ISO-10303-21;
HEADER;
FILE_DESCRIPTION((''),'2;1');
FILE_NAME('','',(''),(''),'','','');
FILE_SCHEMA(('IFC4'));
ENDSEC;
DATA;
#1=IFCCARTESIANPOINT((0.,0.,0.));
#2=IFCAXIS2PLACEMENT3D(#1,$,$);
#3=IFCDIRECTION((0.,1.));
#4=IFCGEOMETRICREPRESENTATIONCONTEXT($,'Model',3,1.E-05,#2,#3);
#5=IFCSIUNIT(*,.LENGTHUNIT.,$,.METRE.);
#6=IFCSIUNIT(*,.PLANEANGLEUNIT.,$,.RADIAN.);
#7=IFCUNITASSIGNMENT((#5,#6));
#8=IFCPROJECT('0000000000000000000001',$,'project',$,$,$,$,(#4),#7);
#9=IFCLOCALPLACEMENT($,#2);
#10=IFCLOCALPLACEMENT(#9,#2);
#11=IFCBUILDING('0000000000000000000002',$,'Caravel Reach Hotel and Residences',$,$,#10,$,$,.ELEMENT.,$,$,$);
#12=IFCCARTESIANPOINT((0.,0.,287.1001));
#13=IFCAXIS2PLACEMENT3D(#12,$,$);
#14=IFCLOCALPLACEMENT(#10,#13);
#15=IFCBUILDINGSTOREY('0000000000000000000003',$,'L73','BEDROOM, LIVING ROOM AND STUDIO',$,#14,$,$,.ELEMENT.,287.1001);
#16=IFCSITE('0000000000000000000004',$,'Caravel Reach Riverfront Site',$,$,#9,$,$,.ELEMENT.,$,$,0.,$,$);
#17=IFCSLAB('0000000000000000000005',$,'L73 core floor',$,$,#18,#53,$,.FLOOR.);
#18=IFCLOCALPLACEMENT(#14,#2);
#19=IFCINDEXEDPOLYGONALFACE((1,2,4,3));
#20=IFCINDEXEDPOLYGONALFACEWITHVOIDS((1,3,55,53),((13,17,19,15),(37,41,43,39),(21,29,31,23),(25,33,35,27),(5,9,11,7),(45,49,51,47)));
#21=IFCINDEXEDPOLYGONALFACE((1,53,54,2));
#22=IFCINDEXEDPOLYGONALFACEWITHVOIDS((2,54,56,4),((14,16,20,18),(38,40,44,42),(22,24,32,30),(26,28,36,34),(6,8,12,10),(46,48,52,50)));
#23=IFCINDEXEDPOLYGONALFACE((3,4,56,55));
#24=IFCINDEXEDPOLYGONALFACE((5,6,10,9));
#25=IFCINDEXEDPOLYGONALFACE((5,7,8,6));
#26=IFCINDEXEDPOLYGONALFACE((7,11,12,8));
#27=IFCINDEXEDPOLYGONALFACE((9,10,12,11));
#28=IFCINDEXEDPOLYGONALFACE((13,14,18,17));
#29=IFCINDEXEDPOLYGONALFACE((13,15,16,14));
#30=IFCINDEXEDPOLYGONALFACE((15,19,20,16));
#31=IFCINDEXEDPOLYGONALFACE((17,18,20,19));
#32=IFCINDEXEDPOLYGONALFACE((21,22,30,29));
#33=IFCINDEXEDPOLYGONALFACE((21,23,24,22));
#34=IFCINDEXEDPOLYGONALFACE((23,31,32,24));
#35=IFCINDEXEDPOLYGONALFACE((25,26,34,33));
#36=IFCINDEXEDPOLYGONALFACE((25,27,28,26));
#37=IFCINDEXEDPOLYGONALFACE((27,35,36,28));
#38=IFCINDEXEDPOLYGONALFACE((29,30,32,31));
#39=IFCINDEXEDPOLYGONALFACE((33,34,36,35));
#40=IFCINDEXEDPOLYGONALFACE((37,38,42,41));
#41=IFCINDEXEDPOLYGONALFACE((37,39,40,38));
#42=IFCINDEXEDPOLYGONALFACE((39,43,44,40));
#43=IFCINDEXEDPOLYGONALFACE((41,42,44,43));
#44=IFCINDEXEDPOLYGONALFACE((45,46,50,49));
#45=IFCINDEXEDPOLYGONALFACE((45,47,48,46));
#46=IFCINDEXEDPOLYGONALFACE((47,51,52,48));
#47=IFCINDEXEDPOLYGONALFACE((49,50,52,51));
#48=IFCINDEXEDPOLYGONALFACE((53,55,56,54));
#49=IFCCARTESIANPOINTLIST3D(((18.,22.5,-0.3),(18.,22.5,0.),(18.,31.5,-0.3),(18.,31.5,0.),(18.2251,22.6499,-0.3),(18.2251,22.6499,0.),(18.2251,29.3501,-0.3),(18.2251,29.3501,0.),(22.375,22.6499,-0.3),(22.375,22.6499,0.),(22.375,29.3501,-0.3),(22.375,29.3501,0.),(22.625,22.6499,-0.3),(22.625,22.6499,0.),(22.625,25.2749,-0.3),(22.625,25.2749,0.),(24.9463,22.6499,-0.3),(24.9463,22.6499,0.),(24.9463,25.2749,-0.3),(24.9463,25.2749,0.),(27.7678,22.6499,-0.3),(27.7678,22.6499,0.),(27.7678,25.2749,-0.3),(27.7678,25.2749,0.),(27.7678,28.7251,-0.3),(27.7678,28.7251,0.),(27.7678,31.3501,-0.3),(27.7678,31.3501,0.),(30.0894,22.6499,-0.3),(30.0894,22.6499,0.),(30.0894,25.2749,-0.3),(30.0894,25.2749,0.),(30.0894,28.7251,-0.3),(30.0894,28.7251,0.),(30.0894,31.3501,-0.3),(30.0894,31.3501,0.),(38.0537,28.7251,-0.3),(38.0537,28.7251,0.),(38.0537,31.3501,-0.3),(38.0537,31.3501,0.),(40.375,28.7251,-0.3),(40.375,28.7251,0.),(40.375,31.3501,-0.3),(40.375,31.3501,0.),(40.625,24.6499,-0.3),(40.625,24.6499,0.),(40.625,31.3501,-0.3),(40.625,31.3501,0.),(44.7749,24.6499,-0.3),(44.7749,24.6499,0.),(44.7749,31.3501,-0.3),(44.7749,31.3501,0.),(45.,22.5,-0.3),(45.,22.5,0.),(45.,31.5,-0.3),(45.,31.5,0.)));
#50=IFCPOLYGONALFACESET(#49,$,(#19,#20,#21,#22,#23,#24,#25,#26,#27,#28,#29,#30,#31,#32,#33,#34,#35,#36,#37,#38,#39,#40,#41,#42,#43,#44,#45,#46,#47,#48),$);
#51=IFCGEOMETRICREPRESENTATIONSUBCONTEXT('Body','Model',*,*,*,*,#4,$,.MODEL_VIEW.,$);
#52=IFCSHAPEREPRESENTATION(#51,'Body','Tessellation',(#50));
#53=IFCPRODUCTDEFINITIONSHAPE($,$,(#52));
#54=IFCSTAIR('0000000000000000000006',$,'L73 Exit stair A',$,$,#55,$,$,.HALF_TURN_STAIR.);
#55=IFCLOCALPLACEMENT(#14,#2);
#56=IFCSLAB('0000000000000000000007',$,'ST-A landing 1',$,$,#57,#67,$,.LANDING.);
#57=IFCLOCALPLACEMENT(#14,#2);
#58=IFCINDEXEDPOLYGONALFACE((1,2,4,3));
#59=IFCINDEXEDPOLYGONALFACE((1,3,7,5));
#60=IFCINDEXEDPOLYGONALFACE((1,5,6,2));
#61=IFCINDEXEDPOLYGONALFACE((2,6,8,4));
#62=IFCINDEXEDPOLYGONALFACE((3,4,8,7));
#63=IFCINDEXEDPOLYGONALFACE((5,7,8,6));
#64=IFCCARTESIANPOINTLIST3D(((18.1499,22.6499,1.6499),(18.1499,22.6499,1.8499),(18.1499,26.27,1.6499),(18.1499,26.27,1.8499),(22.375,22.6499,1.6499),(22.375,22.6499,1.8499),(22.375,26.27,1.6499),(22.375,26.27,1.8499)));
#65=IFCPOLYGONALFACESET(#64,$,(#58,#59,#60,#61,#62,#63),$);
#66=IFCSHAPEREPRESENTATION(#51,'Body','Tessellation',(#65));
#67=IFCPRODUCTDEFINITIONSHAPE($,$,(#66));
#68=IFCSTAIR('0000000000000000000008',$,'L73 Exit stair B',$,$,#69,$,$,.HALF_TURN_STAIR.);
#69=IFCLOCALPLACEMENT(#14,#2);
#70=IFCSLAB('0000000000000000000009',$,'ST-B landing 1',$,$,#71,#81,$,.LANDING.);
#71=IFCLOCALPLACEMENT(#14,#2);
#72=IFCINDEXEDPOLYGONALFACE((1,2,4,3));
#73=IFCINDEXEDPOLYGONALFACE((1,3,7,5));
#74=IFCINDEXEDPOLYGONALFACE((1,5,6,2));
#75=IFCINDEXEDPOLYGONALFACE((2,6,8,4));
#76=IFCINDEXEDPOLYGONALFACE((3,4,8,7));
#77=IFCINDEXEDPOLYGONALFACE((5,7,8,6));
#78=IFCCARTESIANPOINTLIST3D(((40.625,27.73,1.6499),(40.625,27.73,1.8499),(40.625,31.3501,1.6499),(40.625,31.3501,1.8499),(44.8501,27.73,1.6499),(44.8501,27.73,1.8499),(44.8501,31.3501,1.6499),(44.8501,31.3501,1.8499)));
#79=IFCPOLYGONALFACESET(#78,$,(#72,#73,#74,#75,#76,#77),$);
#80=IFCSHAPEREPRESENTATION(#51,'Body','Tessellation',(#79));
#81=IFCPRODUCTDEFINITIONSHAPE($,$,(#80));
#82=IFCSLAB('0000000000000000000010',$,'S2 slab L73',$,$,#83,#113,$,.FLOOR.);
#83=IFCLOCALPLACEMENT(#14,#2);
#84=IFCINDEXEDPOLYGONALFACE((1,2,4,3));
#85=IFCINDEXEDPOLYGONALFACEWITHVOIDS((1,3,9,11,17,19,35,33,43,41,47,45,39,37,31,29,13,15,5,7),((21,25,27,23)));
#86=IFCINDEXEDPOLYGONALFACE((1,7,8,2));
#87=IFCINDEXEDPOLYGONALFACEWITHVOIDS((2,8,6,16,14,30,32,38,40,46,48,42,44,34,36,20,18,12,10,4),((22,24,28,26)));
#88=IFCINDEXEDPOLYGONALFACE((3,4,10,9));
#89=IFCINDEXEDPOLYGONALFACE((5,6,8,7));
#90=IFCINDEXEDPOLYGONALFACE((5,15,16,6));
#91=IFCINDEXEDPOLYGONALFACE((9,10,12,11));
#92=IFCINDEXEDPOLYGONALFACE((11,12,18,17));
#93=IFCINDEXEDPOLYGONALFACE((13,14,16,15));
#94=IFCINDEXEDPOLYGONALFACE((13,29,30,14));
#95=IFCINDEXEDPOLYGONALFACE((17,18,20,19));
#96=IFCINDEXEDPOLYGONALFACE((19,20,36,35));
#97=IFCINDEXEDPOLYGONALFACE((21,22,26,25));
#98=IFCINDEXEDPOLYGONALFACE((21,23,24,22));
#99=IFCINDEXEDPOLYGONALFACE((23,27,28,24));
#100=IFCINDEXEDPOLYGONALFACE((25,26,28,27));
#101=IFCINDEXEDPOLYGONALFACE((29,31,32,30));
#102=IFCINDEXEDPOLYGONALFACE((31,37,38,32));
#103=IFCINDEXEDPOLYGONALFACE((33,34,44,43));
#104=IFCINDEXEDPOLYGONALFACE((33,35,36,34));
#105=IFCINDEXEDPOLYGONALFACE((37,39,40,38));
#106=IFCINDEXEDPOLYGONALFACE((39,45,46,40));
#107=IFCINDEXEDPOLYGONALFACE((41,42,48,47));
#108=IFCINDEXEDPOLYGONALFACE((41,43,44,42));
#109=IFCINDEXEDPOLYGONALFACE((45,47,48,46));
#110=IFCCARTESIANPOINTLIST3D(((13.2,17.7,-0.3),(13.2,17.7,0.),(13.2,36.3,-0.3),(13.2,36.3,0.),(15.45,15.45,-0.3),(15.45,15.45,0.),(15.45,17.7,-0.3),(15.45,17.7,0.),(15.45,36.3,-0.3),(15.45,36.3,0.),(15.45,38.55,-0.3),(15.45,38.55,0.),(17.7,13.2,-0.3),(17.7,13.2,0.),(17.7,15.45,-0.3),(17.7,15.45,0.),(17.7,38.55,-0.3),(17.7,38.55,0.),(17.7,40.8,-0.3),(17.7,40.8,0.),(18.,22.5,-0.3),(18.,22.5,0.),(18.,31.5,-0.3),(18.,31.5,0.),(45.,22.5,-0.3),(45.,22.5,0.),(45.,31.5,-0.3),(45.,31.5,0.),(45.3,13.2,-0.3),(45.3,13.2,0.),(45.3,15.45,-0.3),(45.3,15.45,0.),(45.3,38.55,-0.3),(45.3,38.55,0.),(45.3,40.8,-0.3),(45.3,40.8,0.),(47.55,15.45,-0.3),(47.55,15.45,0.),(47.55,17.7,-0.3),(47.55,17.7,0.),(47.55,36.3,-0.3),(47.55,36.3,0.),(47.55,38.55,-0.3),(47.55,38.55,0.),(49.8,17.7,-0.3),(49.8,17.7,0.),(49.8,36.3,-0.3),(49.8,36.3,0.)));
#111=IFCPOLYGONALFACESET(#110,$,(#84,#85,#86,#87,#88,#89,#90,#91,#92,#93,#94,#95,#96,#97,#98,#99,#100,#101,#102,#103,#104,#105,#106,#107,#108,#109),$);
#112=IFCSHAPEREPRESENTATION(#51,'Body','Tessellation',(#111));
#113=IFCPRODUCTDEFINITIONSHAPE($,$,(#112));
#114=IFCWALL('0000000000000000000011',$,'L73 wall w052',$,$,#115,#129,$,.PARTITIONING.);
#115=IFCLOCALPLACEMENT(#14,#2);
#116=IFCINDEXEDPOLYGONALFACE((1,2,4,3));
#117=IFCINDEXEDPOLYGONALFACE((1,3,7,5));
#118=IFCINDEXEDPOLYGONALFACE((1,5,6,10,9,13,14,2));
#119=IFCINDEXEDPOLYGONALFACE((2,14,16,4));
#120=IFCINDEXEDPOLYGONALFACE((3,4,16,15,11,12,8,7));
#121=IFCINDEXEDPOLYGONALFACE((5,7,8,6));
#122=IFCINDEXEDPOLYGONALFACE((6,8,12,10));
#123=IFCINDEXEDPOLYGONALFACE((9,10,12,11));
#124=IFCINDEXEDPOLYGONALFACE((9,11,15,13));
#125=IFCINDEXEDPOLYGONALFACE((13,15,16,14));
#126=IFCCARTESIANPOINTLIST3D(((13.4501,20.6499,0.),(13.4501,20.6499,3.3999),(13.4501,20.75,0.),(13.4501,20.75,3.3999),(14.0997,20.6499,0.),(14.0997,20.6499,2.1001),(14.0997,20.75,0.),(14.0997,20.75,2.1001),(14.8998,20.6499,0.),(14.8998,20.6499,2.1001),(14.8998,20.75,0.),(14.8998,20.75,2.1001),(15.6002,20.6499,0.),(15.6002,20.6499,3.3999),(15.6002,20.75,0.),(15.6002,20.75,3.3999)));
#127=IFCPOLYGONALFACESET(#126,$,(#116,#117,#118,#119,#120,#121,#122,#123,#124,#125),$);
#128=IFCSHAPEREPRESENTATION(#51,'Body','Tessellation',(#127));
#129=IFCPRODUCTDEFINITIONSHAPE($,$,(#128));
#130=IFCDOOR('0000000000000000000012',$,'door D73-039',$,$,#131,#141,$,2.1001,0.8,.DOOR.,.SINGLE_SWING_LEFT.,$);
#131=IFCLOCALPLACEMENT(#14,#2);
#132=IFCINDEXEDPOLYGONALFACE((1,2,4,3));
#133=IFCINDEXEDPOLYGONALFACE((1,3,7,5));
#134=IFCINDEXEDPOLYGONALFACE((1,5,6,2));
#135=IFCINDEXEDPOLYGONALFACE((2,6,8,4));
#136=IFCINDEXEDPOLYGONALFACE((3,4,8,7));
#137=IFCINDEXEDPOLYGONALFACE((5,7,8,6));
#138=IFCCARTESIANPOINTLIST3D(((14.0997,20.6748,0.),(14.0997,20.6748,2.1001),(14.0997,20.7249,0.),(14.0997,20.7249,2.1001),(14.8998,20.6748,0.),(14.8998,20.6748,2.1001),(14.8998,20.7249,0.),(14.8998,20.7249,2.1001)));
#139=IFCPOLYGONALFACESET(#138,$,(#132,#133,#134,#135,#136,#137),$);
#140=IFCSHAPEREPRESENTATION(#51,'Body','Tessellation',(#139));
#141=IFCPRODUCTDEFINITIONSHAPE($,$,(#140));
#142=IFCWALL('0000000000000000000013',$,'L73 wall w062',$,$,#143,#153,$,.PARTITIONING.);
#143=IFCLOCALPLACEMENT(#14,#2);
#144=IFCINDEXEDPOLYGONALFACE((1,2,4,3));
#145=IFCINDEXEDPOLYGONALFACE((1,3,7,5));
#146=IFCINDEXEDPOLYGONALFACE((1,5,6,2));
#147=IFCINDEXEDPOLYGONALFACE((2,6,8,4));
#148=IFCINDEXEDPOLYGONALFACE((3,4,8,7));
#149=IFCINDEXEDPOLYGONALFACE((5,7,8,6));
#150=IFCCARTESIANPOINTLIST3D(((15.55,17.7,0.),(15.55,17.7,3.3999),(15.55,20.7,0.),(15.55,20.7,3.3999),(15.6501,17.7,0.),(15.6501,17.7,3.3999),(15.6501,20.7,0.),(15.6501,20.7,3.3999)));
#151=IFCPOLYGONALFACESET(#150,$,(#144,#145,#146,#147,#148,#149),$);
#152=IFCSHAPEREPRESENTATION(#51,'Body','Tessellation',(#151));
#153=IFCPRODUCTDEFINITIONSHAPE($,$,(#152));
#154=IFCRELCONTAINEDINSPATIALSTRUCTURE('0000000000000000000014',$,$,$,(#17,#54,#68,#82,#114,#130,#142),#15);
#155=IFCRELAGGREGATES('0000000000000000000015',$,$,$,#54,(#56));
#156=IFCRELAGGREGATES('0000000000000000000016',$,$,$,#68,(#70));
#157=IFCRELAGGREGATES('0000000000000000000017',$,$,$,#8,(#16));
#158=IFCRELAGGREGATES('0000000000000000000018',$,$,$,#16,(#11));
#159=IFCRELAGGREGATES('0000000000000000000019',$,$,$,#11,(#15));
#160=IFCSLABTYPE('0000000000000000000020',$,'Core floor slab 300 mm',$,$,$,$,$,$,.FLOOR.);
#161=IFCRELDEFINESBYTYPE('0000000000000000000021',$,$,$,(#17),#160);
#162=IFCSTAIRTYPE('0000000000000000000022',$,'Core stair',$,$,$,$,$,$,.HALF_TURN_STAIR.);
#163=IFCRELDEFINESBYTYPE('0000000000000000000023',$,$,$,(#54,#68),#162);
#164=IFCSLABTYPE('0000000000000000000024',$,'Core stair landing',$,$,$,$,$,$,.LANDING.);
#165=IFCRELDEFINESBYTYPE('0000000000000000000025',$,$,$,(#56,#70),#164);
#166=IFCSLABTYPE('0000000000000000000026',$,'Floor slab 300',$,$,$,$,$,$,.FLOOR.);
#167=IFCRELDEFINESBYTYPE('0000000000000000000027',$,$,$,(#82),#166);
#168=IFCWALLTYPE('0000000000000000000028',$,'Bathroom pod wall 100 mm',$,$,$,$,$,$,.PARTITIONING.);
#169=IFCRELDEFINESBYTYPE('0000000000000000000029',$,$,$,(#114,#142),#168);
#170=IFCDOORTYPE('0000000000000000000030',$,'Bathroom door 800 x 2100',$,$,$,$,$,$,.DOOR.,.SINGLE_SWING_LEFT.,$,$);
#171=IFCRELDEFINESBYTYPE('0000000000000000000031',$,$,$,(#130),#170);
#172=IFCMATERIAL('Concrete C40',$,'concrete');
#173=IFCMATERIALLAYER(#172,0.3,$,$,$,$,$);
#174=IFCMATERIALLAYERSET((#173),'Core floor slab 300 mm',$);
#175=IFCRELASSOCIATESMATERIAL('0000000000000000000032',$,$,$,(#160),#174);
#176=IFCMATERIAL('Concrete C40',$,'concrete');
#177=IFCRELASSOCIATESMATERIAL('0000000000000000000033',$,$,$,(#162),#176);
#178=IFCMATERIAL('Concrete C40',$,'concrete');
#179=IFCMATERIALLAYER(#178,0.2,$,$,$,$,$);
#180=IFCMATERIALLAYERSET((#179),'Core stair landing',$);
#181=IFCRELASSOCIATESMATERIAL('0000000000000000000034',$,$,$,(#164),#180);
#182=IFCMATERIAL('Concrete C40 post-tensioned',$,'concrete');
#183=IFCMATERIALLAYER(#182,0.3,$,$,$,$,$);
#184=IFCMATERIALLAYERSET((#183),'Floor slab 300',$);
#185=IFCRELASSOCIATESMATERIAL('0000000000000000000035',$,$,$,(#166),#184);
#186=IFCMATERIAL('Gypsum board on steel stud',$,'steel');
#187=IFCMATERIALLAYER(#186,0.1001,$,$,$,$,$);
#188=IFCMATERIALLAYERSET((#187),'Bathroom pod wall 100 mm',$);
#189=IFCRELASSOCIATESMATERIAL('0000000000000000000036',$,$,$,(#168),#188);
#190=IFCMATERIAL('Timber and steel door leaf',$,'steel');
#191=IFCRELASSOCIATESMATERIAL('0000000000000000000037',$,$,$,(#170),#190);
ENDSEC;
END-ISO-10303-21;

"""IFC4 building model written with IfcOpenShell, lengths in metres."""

from ifc_helpers import new_model, si_unit, direction, frame, frame_2d, origin, place, context, subcontext, project, spatial, polyline, rectangle, outline, extrude, material, layer, layer_set, type_object, element, fill, aggregate, save


model = new_model("IFC4")

# Units and contexts
model_context = context("Model", 3, precision=1e-05, world=origin(), true_north=direction((0.0, 1.0)))
body_context = subcontext(model_context, "Body", "Model", "MODEL_VIEW")
ifc_project = project(units=[si_unit("LENGTHUNIT", "METRE"), si_unit("PLANEANGLEUNIT", "RADIAN")], contexts=[model_context])

# Site, building, storey
site_placement = place(None, origin())
site = spatial("IfcSite", under=ifc_project, at=site_placement, Name="Caravel Reach Riverfront Site", CompositionType="ELEMENT", RefElevation=0.0)
building_placement = place(site_placement, origin())
building = spatial("IfcBuilding", under=site, at=building_placement, Name="Caravel Reach Hotel and Residences", CompositionType="ELEMENT")
storey_placement = place(building_placement, frame((0.0, 0.0, 287.1001)))
storey = spatial("IfcBuildingStorey", under=building, at=storey_placement, Name="L73", Description="BEDROOM, LIVING ROOM AND STUDIO", CompositionType="ELEMENT", Elevation=287.1001)

# Slab
ifc_material_1 = material(Name="Concrete C40", Category="concrete")
ifc_layer_1 = layer(ifc_material_1, 0.3)
ifc_layer_set_1 = layer_set([ifc_layer_1], Name="Core floor slab 300 mm")
slab_type_1 = type_object("IfcSlabType", Name="Core floor slab 300 mm", PredefinedType="FLOOR", material=ifc_layer_set_1)
slab_1_placement = place(storey_placement, frame((0.0, 0.0, -0.3)))
element("IfcSlab", 1, at=slab_1_placement, inside=storey, type_object=slab_type_1, Name="L73 core floor", PredefinedType="FLOOR", context=body_context, shape_type="SweptSolid", body=[
    extrude(outline(polyline([(18.0, 31.5), (45.0, 31.5), (45.0, 22.5), (18.0, 22.5), (18.0, 31.5)]), holes=[polyline([(22.625, 22.6499), (24.9463, 22.6499), (24.9463, 25.2749), (22.625, 25.2749), (22.625, 22.6499)]), polyline([(27.7678, 25.2749), (27.7678, 22.6499), (30.0894, 22.6499), (30.0894, 25.2749), (27.7678, 25.2749)]), polyline([(22.375, 22.6499), (22.375, 29.3501), (18.2251, 29.3501), (18.2251, 22.6499), (22.375, 22.6499)]), polyline([(40.625, 24.6499), (44.7749, 24.6499), (44.7749, 31.3501), (40.625, 31.3501), (40.625, 24.6499)]), polyline([(27.7678, 31.3501), (27.7678, 28.7251), (30.0894, 28.7251), (30.0894, 31.3501), (27.7678, 31.3501)]), polyline([(38.0537, 31.3501), (38.0537, 28.7251), (40.375, 28.7251), (40.375, 31.3501), (38.0537, 31.3501)])]), origin(), (0.0, 0.0, 1.0), 0.3),
])

# Stairs, slabs
ifc_material_2 = material(Name="Concrete C40", Category="concrete")
stair_type = type_object("IfcStairType", Name="Core stair", PredefinedType="HALF_TURN_STAIR", material=ifc_material_2)
stair_1_placement = place(storey_placement, origin())
stair_1 = element("IfcStair", 2, at=stair_1_placement, inside=storey, type_object=stair_type, Name="L73 Exit stair A", PredefinedType="HALF_TURN_STAIR")
ifc_material_3 = material(Name="Concrete C40", Category="concrete")
ifc_layer_2 = layer(ifc_material_3, 0.2)
ifc_layer_set_2 = layer_set([ifc_layer_2], Name="Core stair landing")
slab_type_2 = type_object("IfcSlabType", Name="Core stair landing", PredefinedType="LANDING", material=ifc_layer_set_2)
slab_2_placement = place(storey_placement, frame((0.0, 0.0, 1.6499)))
slab_2 = element("IfcSlab", 3, at=slab_2_placement, type_object=slab_type_2, Name="ST-A landing 1", PredefinedType="LANDING", context=body_context, shape_type="SweptSolid", body=[
    extrude(outline(polyline([(18.1499, 26.27), (18.1499, 22.6499), (22.375, 22.6499), (22.375, 26.27), (18.1499, 26.27)])), origin(), (0.0, 0.0, 1.0), 0.2),
])
aggregate(stair_1, [slab_2])
stair_2_placement = place(storey_placement, origin())
stair_2 = element("IfcStair", 4, at=stair_2_placement, inside=storey, type_object=stair_type, Name="L73 Exit stair B", PredefinedType="HALF_TURN_STAIR")
slab_3_placement = place(storey_placement, frame((0.0, 0.0, 1.6499)))
slab_3 = element("IfcSlab", 5, at=slab_3_placement, type_object=slab_type_2, Name="ST-B landing 1", PredefinedType="LANDING", context=body_context, shape_type="SweptSolid", body=[
    extrude(outline(polyline([(44.8501, 27.73), (44.8501, 31.3501), (40.625, 31.3501), (40.625, 27.73), (44.8501, 27.73)])), origin(), (0.0, 0.0, 1.0), 0.2),
])
aggregate(stair_2, [slab_3])

# Slab
ifc_material_4 = material(Name="Concrete C40 post-tensioned", Category="concrete")
ifc_layer_3 = layer(ifc_material_4, 0.3)
ifc_layer_set_3 = layer_set([ifc_layer_3], Name="Floor slab 300")
slab_type_3 = type_object("IfcSlabType", Name="Floor slab 300", PredefinedType="FLOOR", material=ifc_layer_set_3)
slab_4_placement = place(storey_placement, frame((0.0, 0.0, -0.3)))
element("IfcSlab", 6, at=slab_4_placement, inside=storey, type_object=slab_type_3, Name="S2 slab L73", PredefinedType="FLOOR", context=body_context, shape_type="SweptSolid", body=[
    extrude(outline(polyline([(17.7, 15.45), (15.45, 15.45), (15.45, 17.7), (13.2, 17.7), (13.2, 36.3), (15.45, 36.3), (15.45, 38.55), (17.7, 38.55), (17.7, 40.8), (45.3, 40.8), (45.3, 38.55), (47.55, 38.55), (47.55, 36.3), (49.8, 36.3), (49.8, 17.7), (47.55, 17.7), (47.55, 15.45), (45.3, 15.45), (45.3, 13.2), (17.7, 13.2), (17.7, 15.45)]), holes=[polyline([(45.0, 31.5), (18.0, 31.5), (18.0, 22.5), (45.0, 22.5), (45.0, 31.5)])]), origin(), (0.0, 0.0, 1.0), 0.3),
])

# Wall, opening, door
ifc_material_5 = material(Name="Gypsum board on steel stud", Category="steel")
ifc_layer_4 = layer(ifc_material_5, 0.1001)
ifc_layer_set_4 = layer_set([ifc_layer_4], Name="Bathroom pod wall 100 mm")
wall_type_1 = type_object("IfcWallType", Name="Bathroom pod wall 100 mm", PredefinedType="PARTITIONING", material=ifc_layer_set_4)
wall_1_placement = place(storey_placement, frame((13.45, 20.7, 0.0), z_axis=(0.0, 0.0, 1.0), x_axis=(1.0, 0.0, 0.0)))
wall_1 = element("IfcWall", 7, at=wall_1_placement, inside=storey, type_object=wall_type_1, Name="L73 wall w052", PredefinedType="PARTITIONING", context=body_context, shape_type="SweptSolid", body=[
    extrude(rectangle(XDim=2.1501, YDim=0.1001, at=frame_2d((1.0752, 0.0))), origin(), (0.0, 0.0, 1.0), 3.3999),
])
opening_1_placement = place(wall_1_placement, frame((0.6499, 0.0, 0.0)))
opening_1 = element("IfcOpeningElement", 8, at=opening_1_placement, cuts=wall_1, PredefinedType="OPENING", context=body_context, shape_type="SweptSolid", body=[
    extrude(rectangle(XDim=0.8, YDim=2.1001, at=frame_2d((0.3999, 1.05))), frame((0.0, 0.0601, 0.0), z_axis=(0.0, -1.0, 0.0), x_axis=(1.0, 0.0, 0.0)), (0.0, 0.0, 1.0), 0.1201),
])
ifc_material_6 = material(Name="Timber and steel door leaf", Category="steel")
door_type = type_object("IfcDoorType", Name="Bathroom door 800 x 2100", OperationType="SINGLE_SWING_LEFT", PredefinedType="DOOR", material=ifc_material_6)
door_placement = place(opening_1_placement, origin())
door = element("IfcDoor", 9, at=door_placement, inside=storey, type_object=door_type, Name="door D73-039", OperationType="SINGLE_SWING_LEFT", OverallHeight=2.1001, OverallWidth=0.8, PredefinedType="DOOR", context=body_context, shape_type="SweptSolid", body=[
    extrude(rectangle(XDim=0.8, YDim=2.1001, at=frame_2d((0.3999, 1.05))), frame((0.0, 0.0249, 0.0), z_axis=(0.0, -1.0, 0.0), x_axis=(1.0, 0.0, 0.0)), (0.0, 0.0, 1.0), 0.05),
])
fill(opening_1, door)

# Wall
wall_2_placement = place(storey_placement, frame((15.6001, 17.7, 0.0), z_axis=(0.0, 0.0, 1.0), x_axis=(0.0, 1.0, 0.0)))
element("IfcWall", 10, at=wall_2_placement, inside=storey, type_object=wall_type_1, Name="L73 wall w062", PredefinedType="PARTITIONING", context=body_context, shape_type="SweptSolid", body=[
    extrude(rectangle(XDim=3.0, YDim=0.1001, at=frame_2d((1.5, 0.0))), origin(), (0.0, 0.0, 1.0), 3.3999),
])

save(model, "model.ifc")
